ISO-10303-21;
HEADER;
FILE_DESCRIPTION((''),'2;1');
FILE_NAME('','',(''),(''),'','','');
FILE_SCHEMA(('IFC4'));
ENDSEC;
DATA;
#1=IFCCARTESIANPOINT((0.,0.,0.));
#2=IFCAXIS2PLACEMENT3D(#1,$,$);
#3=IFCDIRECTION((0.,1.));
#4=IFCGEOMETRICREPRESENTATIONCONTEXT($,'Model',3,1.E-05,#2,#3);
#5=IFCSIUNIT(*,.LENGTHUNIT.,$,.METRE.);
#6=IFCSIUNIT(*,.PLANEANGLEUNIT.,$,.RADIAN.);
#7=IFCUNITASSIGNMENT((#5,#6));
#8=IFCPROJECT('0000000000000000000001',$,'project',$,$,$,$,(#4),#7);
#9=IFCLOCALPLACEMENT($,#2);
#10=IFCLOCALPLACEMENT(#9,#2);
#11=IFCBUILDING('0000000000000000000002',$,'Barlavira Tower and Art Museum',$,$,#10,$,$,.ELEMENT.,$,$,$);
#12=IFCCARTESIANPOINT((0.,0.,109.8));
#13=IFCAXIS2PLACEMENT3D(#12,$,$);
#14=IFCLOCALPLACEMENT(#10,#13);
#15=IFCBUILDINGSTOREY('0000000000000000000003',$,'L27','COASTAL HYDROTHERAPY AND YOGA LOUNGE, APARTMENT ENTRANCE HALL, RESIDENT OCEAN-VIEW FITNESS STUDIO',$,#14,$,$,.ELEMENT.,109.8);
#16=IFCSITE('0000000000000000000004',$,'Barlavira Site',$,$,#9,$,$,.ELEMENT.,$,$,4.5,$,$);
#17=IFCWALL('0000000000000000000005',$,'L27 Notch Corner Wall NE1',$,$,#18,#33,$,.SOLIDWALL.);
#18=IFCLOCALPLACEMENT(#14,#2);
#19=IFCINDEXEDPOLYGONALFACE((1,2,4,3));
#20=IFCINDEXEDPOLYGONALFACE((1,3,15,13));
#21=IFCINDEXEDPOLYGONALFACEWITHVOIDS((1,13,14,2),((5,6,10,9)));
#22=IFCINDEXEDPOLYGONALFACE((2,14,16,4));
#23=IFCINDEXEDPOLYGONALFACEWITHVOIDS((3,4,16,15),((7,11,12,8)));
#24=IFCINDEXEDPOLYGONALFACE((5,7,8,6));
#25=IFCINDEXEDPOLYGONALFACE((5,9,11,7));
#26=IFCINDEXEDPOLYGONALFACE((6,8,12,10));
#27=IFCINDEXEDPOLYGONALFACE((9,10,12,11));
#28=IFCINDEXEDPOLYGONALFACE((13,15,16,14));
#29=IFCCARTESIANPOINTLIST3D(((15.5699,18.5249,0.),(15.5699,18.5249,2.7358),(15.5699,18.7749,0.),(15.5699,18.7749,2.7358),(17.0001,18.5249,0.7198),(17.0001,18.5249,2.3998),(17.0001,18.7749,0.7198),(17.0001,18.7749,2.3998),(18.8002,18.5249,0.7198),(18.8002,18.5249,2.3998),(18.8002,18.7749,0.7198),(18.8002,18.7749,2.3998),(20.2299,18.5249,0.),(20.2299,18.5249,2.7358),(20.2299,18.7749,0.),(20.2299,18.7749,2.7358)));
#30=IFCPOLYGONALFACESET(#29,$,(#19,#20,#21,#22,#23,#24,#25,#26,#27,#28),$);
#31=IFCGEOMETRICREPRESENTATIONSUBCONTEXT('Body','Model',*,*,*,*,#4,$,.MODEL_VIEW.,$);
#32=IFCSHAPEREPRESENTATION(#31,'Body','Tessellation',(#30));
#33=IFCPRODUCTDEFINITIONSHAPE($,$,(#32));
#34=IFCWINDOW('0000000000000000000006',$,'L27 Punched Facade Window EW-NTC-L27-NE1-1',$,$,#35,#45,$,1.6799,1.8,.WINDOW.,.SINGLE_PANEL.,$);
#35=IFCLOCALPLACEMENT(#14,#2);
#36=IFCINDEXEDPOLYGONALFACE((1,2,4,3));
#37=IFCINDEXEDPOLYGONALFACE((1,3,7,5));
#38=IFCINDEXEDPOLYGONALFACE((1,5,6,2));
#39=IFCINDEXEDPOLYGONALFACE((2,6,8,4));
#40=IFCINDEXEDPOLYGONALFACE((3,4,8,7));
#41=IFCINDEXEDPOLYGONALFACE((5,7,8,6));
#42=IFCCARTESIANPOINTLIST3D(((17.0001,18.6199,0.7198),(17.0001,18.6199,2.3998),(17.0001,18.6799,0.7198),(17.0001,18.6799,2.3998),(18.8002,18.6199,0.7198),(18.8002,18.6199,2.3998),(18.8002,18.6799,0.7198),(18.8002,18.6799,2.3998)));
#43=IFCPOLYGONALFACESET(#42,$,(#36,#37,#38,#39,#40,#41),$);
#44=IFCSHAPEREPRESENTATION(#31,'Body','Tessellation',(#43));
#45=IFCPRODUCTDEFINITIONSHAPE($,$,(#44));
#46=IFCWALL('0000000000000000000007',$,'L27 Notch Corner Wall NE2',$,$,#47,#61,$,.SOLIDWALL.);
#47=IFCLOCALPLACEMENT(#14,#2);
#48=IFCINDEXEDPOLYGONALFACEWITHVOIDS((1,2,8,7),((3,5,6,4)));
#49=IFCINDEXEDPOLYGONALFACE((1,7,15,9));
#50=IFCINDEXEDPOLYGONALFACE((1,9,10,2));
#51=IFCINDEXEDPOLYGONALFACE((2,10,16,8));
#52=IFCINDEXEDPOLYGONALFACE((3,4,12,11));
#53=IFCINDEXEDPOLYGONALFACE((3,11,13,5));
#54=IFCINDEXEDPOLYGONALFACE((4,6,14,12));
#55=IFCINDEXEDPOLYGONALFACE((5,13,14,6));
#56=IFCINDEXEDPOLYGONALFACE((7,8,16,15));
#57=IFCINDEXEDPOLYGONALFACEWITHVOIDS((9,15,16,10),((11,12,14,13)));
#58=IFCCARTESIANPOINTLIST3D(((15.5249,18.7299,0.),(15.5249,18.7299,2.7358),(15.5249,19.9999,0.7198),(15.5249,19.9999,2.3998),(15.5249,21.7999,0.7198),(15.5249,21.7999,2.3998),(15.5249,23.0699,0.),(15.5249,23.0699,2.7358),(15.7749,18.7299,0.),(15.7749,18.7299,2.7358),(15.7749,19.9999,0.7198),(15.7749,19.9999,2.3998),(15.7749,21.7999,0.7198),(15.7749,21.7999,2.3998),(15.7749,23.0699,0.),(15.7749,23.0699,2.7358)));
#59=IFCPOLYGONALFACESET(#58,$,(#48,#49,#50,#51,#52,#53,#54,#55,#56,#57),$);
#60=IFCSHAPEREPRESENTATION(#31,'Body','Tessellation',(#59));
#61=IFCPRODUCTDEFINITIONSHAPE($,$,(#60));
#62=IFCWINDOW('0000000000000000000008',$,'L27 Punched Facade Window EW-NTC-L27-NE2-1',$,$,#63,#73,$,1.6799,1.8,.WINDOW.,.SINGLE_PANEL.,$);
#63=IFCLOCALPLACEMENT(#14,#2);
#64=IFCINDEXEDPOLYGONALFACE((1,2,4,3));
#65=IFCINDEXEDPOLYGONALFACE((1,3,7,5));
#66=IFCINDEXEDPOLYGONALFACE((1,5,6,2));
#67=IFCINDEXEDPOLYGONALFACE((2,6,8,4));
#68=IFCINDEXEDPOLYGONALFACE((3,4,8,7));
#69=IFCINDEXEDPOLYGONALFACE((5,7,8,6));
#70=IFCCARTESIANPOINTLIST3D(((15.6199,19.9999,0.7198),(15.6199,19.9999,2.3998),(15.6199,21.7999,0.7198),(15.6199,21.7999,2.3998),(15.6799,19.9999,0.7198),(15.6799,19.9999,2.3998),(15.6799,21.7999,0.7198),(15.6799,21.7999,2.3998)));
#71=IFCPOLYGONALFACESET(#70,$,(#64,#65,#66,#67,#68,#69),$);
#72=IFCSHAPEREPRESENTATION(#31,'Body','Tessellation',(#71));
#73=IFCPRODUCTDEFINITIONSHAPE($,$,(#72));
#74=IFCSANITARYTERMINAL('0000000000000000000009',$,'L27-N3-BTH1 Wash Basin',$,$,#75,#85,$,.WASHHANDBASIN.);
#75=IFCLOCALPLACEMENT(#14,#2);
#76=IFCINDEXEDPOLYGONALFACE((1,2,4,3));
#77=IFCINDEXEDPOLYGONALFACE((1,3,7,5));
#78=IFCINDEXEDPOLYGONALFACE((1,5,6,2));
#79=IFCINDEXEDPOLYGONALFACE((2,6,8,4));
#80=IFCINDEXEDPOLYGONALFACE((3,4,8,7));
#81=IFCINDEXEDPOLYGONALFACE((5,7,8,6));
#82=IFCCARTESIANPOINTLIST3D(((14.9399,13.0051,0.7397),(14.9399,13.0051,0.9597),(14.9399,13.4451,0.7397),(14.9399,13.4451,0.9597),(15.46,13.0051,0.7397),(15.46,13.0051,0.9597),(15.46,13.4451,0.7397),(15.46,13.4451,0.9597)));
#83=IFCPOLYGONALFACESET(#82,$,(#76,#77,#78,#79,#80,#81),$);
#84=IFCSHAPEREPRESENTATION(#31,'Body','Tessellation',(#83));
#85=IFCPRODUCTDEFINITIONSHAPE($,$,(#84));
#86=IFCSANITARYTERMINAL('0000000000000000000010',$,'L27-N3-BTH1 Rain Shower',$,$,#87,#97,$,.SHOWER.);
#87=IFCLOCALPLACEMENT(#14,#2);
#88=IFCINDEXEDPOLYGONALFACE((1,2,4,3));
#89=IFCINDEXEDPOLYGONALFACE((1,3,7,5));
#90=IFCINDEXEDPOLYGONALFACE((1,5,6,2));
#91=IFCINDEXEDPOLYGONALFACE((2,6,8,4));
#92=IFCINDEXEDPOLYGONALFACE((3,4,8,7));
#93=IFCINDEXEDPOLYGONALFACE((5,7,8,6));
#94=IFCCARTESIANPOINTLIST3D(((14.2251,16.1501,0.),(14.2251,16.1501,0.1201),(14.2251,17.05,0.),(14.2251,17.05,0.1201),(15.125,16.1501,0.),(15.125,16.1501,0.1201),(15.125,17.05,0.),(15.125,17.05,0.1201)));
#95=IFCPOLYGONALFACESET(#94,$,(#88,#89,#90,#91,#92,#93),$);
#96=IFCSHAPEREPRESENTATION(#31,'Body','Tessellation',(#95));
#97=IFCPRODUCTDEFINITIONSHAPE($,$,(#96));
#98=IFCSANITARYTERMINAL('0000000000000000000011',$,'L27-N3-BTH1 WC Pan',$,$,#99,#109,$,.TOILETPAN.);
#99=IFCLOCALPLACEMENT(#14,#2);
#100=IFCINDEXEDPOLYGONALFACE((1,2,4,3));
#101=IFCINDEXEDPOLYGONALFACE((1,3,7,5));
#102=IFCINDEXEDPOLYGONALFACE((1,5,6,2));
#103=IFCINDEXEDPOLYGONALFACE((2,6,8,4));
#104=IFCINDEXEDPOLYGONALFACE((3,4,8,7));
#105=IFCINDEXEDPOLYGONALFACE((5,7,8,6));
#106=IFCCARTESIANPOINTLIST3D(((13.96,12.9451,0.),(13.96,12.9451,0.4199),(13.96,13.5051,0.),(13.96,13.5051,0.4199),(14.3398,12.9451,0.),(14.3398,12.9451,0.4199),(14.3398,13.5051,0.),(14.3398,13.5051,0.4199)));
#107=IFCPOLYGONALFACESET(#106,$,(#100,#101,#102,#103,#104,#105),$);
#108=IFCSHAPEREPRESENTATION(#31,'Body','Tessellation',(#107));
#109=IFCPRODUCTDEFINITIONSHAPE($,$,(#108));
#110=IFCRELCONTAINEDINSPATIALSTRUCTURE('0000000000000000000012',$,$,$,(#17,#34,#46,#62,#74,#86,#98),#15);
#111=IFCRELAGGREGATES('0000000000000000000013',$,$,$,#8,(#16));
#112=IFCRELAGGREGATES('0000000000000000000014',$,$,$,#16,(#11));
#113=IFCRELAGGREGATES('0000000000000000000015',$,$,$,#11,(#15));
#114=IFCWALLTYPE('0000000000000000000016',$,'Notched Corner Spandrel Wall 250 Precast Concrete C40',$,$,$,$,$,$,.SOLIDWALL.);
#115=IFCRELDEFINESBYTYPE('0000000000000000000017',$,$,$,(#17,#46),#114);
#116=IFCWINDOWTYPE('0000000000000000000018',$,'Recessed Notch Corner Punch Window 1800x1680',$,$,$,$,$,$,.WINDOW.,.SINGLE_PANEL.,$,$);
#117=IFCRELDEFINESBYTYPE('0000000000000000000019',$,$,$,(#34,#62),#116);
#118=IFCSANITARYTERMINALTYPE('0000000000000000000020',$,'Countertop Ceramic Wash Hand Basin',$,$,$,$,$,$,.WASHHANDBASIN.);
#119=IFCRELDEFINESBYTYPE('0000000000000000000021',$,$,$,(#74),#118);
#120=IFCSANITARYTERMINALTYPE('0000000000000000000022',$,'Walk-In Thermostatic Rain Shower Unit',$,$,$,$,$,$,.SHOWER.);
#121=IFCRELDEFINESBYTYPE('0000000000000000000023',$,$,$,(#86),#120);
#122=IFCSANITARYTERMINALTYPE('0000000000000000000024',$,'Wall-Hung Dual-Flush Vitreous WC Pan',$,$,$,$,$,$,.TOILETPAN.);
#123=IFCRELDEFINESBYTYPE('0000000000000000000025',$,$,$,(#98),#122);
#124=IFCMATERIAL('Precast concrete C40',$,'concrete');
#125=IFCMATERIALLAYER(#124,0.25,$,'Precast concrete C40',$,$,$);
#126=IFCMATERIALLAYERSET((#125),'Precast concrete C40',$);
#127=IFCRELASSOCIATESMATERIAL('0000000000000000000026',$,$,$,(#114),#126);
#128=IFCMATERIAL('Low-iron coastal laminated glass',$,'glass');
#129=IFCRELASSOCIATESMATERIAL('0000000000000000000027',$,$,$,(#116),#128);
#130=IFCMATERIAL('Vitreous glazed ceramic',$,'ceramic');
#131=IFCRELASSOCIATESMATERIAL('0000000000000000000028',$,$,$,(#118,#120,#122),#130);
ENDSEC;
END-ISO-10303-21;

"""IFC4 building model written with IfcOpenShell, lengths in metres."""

from ifc_helpers import new_model, si_unit, direction, frame, frame_2d, origin, origin_2d, place, context, subcontext, project, spatial, rectangle, extrude, material, layer, layer_set, type_object, element, fill, save


model = new_model("IFC4")

# Units and contexts
model_context = context("Model", 3, precision=1e-05, world=origin(), true_north=direction((0.0, 1.0)))
body_context = subcontext(model_context, "Body", "Model", "MODEL_VIEW")
ifc_project = project(units=[si_unit("LENGTHUNIT", "METRE"), si_unit("PLANEANGLEUNIT", "RADIAN")], contexts=[model_context])

# Site, building, storey
site_placement = place(None, origin())
site = spatial("IfcSite", under=ifc_project, at=site_placement, Name="Barlavira Site", CompositionType="ELEMENT", RefElevation=4.5)
building_placement = place(site_placement, origin())
building = spatial("IfcBuilding", under=site, at=building_placement, Name="Barlavira Tower and Art Museum", CompositionType="ELEMENT")
storey_placement = place(building_placement, frame((0.0, 0.0, 109.8)))
storey = spatial("IfcBuildingStorey", under=building, at=storey_placement, Name="L27", Description="COASTAL HYDROTHERAPY AND YOGA LOUNGE, APARTMENT ENTRANCE HALL, RESIDENT OCEAN-VIEW FITNESS STUDIO", CompositionType="ELEMENT", Elevation=109.8)

# Walls, openings, windows
ifc_material_1 = material(Name="Precast concrete C40", Category="concrete")
ifc_layer_1 = layer(ifc_material_1, 0.25, Name="Precast concrete C40")
ifc_layer_set_1 = layer_set([ifc_layer_1], Name="Precast concrete C40")
wall_type_1 = type_object("IfcWallType", Name="Notched Corner Spandrel Wall 250 Precast Concrete C40", PredefinedType="SOLIDWALL", material=ifc_layer_set_1)
ifc_material_2 = material(Name="Low-iron coastal laminated glass", Category="glass")
window_type = type_object("IfcWindowType", Name="Recessed Notch Corner Punch Window 1800x1680", PartitioningType="SINGLE_PANEL", PredefinedType="WINDOW", material=ifc_material_2)
wall_1_placement = place(storey_placement, frame((20.23, 18.6499, 0.0), z_axis=(0.0, 0.0, 1.0), x_axis=(-1.0, 0.0, 0.0)))
wall_1 = element("IfcWall", 1, at=wall_1_placement, inside=storey, type_object=wall_type_1, Name="L27 Notch Corner Wall NE1", PredefinedType="SOLIDWALL", context=body_context, shape_type="SweptSolid", body=[
    extrude(rectangle(XDim=4.6599, YDim=0.25, at=frame_2d((2.3301, 0.0))), origin(), (0.0, 0.0, 1.0), 2.7358),
])
opening_1_placement = place(wall_1_placement, frame((1.4299, 0.0, 0.72)))
opening_1 = element("IfcOpeningElement", 2, at=opening_1_placement, cuts=wall_1, PredefinedType="OPENING", context=body_context, shape_type="SweptSolid", body=[
    extrude(rectangle(XDim=1.8, YDim=1.6799, at=frame_2d((0.8999, 0.8398))), frame((0.0, 0.135, 0.0), z_axis=(0.0, -1.0, 0.0), x_axis=(1.0, 0.0, 0.0)), (0.0, 0.0, 1.0), 0.27),
])
window_1_placement = place(opening_1_placement, origin())
window_1 = element("IfcWindow", 3, at=window_1_placement, inside=storey, type_object=window_type, Name="L27 Punched Facade Window EW-NTC-L27-NE1-1", OverallHeight=1.6799, OverallWidth=1.8, PartitioningType="SINGLE_PANEL", PredefinedType="WINDOW", context=body_context, shape_type="SweptSolid", body=[
    extrude(rectangle(XDim=1.8, YDim=1.6799, at=frame_2d((0.8999, 0.8398))), frame((0.0, 0.03, 0.0), z_axis=(0.0, -1.0, 0.0), x_axis=(1.0, 0.0, 0.0)), (0.0, 0.0, 1.0), 0.0601),
])
fill(opening_1, window_1)
wall_2_placement = place(storey_placement, frame((15.6499, 18.73, 0.0), z_axis=(0.0, 0.0, 1.0), x_axis=(0.0, 1.0, 0.0)))
wall_2 = element("IfcWall", 4, at=wall_2_placement, inside=storey, type_object=wall_type_1, Name="L27 Notch Corner Wall NE2", PredefinedType="SOLIDWALL", context=body_context, shape_type="SweptSolid", body=[
    extrude(rectangle(XDim=4.3401, YDim=0.25, at=frame_2d((2.1699, 0.0))), origin(), (0.0, 0.0, 1.0), 2.7358),
])
opening_2_placement = place(wall_2_placement, frame((1.27, 0.0, 0.72)))
opening_2 = element("IfcOpeningElement", 5, at=opening_2_placement, cuts=wall_2, PredefinedType="OPENING", context=body_context, shape_type="SweptSolid", body=[
    extrude(rectangle(XDim=1.8, YDim=1.6799, at=frame_2d((0.8999, 0.8398))), frame((0.0, 0.135, 0.0), z_axis=(0.0, -1.0, 0.0), x_axis=(1.0, 0.0, 0.0)), (0.0, 0.0, 1.0), 0.27),
])
window_2_placement = place(opening_2_placement, origin())
window_2 = element("IfcWindow", 6, at=window_2_placement, inside=storey, type_object=window_type, Name="L27 Punched Facade Window EW-NTC-L27-NE2-1", OverallHeight=1.6799, OverallWidth=1.8, PartitioningType="SINGLE_PANEL", PredefinedType="WINDOW", context=body_context, shape_type="SweptSolid", body=[
    extrude(rectangle(XDim=1.8, YDim=1.6799, at=frame_2d((0.8999, 0.8398))), frame((0.0, 0.03, 0.0), z_axis=(0.0, -1.0, 0.0), x_axis=(1.0, 0.0, 0.0)), (0.0, 0.0, 1.0), 0.0601),
])
fill(opening_2, window_2)

# Sanitary terminals
ifc_material_3 = material(Name="Vitreous glazed ceramic", Category="ceramic")
sanitary_terminal_type_1 = type_object("IfcSanitaryTerminalType", Name="Countertop Ceramic Wash Hand Basin", PredefinedType="WASHHANDBASIN", material=ifc_material_3)
sanitary_terminal_1_placement = place(storey_placement, frame((15.2, 13.2251, 0.7397), z_axis=(0.0, 0.0, 1.0), x_axis=(1.0, 0.0, 0.0)))
element("IfcSanitaryTerminal", 7, at=sanitary_terminal_1_placement, inside=storey, type_object=sanitary_terminal_type_1, Name="L27-N3-BTH1 Wash Basin", PredefinedType="WASHHANDBASIN", context=body_context, shape_type="SweptSolid", body=[
    extrude(rectangle(XDim=0.52, YDim=0.4399, at=origin_2d()), origin(), (0.0, 0.0, 1.0), 0.22),
])
sanitary_terminal_type_2 = type_object("IfcSanitaryTerminalType", Name="Walk-In Thermostatic Rain Shower Unit", PredefinedType="SHOWER", material=ifc_material_3)
sanitary_terminal_2_placement = place(storey_placement, frame((14.675, 16.6001, 0.0), z_axis=(0.0, 0.0, 1.0), x_axis=(1.0, 0.0, 0.0)))
element("IfcSanitaryTerminal", 8, at=sanitary_terminal_2_placement, inside=storey, type_object=sanitary_terminal_type_2, Name="L27-N3-BTH1 Rain Shower", PredefinedType="SHOWER", context=body_context, shape_type="SweptSolid", body=[
    extrude(rectangle(XDim=0.8999, YDim=0.8999, at=origin_2d()), origin(), (0.0, 0.0, 1.0), 0.1201),
])
sanitary_terminal_type_3 = type_object("IfcSanitaryTerminalType", Name="Wall-Hung Dual-Flush Vitreous WC Pan", PredefinedType="TOILETPAN", material=ifc_material_3)
sanitary_terminal_3_placement = place(storey_placement, frame((14.1499, 13.2251, 0.0), z_axis=(0.0, 0.0, 1.0), x_axis=(1.0, 0.0, 0.0)))
element("IfcSanitaryTerminal", 9, at=sanitary_terminal_3_placement, inside=storey, type_object=sanitary_terminal_type_3, Name="L27-N3-BTH1 WC Pan", PredefinedType="TOILETPAN", context=body_context, shape_type="SweptSolid", body=[
    extrude(rectangle(XDim=0.3799, YDim=0.5601, at=origin_2d()), origin(), (0.0, 0.0, 1.0), 0.4199),
])

save(model, "model.ifc")
